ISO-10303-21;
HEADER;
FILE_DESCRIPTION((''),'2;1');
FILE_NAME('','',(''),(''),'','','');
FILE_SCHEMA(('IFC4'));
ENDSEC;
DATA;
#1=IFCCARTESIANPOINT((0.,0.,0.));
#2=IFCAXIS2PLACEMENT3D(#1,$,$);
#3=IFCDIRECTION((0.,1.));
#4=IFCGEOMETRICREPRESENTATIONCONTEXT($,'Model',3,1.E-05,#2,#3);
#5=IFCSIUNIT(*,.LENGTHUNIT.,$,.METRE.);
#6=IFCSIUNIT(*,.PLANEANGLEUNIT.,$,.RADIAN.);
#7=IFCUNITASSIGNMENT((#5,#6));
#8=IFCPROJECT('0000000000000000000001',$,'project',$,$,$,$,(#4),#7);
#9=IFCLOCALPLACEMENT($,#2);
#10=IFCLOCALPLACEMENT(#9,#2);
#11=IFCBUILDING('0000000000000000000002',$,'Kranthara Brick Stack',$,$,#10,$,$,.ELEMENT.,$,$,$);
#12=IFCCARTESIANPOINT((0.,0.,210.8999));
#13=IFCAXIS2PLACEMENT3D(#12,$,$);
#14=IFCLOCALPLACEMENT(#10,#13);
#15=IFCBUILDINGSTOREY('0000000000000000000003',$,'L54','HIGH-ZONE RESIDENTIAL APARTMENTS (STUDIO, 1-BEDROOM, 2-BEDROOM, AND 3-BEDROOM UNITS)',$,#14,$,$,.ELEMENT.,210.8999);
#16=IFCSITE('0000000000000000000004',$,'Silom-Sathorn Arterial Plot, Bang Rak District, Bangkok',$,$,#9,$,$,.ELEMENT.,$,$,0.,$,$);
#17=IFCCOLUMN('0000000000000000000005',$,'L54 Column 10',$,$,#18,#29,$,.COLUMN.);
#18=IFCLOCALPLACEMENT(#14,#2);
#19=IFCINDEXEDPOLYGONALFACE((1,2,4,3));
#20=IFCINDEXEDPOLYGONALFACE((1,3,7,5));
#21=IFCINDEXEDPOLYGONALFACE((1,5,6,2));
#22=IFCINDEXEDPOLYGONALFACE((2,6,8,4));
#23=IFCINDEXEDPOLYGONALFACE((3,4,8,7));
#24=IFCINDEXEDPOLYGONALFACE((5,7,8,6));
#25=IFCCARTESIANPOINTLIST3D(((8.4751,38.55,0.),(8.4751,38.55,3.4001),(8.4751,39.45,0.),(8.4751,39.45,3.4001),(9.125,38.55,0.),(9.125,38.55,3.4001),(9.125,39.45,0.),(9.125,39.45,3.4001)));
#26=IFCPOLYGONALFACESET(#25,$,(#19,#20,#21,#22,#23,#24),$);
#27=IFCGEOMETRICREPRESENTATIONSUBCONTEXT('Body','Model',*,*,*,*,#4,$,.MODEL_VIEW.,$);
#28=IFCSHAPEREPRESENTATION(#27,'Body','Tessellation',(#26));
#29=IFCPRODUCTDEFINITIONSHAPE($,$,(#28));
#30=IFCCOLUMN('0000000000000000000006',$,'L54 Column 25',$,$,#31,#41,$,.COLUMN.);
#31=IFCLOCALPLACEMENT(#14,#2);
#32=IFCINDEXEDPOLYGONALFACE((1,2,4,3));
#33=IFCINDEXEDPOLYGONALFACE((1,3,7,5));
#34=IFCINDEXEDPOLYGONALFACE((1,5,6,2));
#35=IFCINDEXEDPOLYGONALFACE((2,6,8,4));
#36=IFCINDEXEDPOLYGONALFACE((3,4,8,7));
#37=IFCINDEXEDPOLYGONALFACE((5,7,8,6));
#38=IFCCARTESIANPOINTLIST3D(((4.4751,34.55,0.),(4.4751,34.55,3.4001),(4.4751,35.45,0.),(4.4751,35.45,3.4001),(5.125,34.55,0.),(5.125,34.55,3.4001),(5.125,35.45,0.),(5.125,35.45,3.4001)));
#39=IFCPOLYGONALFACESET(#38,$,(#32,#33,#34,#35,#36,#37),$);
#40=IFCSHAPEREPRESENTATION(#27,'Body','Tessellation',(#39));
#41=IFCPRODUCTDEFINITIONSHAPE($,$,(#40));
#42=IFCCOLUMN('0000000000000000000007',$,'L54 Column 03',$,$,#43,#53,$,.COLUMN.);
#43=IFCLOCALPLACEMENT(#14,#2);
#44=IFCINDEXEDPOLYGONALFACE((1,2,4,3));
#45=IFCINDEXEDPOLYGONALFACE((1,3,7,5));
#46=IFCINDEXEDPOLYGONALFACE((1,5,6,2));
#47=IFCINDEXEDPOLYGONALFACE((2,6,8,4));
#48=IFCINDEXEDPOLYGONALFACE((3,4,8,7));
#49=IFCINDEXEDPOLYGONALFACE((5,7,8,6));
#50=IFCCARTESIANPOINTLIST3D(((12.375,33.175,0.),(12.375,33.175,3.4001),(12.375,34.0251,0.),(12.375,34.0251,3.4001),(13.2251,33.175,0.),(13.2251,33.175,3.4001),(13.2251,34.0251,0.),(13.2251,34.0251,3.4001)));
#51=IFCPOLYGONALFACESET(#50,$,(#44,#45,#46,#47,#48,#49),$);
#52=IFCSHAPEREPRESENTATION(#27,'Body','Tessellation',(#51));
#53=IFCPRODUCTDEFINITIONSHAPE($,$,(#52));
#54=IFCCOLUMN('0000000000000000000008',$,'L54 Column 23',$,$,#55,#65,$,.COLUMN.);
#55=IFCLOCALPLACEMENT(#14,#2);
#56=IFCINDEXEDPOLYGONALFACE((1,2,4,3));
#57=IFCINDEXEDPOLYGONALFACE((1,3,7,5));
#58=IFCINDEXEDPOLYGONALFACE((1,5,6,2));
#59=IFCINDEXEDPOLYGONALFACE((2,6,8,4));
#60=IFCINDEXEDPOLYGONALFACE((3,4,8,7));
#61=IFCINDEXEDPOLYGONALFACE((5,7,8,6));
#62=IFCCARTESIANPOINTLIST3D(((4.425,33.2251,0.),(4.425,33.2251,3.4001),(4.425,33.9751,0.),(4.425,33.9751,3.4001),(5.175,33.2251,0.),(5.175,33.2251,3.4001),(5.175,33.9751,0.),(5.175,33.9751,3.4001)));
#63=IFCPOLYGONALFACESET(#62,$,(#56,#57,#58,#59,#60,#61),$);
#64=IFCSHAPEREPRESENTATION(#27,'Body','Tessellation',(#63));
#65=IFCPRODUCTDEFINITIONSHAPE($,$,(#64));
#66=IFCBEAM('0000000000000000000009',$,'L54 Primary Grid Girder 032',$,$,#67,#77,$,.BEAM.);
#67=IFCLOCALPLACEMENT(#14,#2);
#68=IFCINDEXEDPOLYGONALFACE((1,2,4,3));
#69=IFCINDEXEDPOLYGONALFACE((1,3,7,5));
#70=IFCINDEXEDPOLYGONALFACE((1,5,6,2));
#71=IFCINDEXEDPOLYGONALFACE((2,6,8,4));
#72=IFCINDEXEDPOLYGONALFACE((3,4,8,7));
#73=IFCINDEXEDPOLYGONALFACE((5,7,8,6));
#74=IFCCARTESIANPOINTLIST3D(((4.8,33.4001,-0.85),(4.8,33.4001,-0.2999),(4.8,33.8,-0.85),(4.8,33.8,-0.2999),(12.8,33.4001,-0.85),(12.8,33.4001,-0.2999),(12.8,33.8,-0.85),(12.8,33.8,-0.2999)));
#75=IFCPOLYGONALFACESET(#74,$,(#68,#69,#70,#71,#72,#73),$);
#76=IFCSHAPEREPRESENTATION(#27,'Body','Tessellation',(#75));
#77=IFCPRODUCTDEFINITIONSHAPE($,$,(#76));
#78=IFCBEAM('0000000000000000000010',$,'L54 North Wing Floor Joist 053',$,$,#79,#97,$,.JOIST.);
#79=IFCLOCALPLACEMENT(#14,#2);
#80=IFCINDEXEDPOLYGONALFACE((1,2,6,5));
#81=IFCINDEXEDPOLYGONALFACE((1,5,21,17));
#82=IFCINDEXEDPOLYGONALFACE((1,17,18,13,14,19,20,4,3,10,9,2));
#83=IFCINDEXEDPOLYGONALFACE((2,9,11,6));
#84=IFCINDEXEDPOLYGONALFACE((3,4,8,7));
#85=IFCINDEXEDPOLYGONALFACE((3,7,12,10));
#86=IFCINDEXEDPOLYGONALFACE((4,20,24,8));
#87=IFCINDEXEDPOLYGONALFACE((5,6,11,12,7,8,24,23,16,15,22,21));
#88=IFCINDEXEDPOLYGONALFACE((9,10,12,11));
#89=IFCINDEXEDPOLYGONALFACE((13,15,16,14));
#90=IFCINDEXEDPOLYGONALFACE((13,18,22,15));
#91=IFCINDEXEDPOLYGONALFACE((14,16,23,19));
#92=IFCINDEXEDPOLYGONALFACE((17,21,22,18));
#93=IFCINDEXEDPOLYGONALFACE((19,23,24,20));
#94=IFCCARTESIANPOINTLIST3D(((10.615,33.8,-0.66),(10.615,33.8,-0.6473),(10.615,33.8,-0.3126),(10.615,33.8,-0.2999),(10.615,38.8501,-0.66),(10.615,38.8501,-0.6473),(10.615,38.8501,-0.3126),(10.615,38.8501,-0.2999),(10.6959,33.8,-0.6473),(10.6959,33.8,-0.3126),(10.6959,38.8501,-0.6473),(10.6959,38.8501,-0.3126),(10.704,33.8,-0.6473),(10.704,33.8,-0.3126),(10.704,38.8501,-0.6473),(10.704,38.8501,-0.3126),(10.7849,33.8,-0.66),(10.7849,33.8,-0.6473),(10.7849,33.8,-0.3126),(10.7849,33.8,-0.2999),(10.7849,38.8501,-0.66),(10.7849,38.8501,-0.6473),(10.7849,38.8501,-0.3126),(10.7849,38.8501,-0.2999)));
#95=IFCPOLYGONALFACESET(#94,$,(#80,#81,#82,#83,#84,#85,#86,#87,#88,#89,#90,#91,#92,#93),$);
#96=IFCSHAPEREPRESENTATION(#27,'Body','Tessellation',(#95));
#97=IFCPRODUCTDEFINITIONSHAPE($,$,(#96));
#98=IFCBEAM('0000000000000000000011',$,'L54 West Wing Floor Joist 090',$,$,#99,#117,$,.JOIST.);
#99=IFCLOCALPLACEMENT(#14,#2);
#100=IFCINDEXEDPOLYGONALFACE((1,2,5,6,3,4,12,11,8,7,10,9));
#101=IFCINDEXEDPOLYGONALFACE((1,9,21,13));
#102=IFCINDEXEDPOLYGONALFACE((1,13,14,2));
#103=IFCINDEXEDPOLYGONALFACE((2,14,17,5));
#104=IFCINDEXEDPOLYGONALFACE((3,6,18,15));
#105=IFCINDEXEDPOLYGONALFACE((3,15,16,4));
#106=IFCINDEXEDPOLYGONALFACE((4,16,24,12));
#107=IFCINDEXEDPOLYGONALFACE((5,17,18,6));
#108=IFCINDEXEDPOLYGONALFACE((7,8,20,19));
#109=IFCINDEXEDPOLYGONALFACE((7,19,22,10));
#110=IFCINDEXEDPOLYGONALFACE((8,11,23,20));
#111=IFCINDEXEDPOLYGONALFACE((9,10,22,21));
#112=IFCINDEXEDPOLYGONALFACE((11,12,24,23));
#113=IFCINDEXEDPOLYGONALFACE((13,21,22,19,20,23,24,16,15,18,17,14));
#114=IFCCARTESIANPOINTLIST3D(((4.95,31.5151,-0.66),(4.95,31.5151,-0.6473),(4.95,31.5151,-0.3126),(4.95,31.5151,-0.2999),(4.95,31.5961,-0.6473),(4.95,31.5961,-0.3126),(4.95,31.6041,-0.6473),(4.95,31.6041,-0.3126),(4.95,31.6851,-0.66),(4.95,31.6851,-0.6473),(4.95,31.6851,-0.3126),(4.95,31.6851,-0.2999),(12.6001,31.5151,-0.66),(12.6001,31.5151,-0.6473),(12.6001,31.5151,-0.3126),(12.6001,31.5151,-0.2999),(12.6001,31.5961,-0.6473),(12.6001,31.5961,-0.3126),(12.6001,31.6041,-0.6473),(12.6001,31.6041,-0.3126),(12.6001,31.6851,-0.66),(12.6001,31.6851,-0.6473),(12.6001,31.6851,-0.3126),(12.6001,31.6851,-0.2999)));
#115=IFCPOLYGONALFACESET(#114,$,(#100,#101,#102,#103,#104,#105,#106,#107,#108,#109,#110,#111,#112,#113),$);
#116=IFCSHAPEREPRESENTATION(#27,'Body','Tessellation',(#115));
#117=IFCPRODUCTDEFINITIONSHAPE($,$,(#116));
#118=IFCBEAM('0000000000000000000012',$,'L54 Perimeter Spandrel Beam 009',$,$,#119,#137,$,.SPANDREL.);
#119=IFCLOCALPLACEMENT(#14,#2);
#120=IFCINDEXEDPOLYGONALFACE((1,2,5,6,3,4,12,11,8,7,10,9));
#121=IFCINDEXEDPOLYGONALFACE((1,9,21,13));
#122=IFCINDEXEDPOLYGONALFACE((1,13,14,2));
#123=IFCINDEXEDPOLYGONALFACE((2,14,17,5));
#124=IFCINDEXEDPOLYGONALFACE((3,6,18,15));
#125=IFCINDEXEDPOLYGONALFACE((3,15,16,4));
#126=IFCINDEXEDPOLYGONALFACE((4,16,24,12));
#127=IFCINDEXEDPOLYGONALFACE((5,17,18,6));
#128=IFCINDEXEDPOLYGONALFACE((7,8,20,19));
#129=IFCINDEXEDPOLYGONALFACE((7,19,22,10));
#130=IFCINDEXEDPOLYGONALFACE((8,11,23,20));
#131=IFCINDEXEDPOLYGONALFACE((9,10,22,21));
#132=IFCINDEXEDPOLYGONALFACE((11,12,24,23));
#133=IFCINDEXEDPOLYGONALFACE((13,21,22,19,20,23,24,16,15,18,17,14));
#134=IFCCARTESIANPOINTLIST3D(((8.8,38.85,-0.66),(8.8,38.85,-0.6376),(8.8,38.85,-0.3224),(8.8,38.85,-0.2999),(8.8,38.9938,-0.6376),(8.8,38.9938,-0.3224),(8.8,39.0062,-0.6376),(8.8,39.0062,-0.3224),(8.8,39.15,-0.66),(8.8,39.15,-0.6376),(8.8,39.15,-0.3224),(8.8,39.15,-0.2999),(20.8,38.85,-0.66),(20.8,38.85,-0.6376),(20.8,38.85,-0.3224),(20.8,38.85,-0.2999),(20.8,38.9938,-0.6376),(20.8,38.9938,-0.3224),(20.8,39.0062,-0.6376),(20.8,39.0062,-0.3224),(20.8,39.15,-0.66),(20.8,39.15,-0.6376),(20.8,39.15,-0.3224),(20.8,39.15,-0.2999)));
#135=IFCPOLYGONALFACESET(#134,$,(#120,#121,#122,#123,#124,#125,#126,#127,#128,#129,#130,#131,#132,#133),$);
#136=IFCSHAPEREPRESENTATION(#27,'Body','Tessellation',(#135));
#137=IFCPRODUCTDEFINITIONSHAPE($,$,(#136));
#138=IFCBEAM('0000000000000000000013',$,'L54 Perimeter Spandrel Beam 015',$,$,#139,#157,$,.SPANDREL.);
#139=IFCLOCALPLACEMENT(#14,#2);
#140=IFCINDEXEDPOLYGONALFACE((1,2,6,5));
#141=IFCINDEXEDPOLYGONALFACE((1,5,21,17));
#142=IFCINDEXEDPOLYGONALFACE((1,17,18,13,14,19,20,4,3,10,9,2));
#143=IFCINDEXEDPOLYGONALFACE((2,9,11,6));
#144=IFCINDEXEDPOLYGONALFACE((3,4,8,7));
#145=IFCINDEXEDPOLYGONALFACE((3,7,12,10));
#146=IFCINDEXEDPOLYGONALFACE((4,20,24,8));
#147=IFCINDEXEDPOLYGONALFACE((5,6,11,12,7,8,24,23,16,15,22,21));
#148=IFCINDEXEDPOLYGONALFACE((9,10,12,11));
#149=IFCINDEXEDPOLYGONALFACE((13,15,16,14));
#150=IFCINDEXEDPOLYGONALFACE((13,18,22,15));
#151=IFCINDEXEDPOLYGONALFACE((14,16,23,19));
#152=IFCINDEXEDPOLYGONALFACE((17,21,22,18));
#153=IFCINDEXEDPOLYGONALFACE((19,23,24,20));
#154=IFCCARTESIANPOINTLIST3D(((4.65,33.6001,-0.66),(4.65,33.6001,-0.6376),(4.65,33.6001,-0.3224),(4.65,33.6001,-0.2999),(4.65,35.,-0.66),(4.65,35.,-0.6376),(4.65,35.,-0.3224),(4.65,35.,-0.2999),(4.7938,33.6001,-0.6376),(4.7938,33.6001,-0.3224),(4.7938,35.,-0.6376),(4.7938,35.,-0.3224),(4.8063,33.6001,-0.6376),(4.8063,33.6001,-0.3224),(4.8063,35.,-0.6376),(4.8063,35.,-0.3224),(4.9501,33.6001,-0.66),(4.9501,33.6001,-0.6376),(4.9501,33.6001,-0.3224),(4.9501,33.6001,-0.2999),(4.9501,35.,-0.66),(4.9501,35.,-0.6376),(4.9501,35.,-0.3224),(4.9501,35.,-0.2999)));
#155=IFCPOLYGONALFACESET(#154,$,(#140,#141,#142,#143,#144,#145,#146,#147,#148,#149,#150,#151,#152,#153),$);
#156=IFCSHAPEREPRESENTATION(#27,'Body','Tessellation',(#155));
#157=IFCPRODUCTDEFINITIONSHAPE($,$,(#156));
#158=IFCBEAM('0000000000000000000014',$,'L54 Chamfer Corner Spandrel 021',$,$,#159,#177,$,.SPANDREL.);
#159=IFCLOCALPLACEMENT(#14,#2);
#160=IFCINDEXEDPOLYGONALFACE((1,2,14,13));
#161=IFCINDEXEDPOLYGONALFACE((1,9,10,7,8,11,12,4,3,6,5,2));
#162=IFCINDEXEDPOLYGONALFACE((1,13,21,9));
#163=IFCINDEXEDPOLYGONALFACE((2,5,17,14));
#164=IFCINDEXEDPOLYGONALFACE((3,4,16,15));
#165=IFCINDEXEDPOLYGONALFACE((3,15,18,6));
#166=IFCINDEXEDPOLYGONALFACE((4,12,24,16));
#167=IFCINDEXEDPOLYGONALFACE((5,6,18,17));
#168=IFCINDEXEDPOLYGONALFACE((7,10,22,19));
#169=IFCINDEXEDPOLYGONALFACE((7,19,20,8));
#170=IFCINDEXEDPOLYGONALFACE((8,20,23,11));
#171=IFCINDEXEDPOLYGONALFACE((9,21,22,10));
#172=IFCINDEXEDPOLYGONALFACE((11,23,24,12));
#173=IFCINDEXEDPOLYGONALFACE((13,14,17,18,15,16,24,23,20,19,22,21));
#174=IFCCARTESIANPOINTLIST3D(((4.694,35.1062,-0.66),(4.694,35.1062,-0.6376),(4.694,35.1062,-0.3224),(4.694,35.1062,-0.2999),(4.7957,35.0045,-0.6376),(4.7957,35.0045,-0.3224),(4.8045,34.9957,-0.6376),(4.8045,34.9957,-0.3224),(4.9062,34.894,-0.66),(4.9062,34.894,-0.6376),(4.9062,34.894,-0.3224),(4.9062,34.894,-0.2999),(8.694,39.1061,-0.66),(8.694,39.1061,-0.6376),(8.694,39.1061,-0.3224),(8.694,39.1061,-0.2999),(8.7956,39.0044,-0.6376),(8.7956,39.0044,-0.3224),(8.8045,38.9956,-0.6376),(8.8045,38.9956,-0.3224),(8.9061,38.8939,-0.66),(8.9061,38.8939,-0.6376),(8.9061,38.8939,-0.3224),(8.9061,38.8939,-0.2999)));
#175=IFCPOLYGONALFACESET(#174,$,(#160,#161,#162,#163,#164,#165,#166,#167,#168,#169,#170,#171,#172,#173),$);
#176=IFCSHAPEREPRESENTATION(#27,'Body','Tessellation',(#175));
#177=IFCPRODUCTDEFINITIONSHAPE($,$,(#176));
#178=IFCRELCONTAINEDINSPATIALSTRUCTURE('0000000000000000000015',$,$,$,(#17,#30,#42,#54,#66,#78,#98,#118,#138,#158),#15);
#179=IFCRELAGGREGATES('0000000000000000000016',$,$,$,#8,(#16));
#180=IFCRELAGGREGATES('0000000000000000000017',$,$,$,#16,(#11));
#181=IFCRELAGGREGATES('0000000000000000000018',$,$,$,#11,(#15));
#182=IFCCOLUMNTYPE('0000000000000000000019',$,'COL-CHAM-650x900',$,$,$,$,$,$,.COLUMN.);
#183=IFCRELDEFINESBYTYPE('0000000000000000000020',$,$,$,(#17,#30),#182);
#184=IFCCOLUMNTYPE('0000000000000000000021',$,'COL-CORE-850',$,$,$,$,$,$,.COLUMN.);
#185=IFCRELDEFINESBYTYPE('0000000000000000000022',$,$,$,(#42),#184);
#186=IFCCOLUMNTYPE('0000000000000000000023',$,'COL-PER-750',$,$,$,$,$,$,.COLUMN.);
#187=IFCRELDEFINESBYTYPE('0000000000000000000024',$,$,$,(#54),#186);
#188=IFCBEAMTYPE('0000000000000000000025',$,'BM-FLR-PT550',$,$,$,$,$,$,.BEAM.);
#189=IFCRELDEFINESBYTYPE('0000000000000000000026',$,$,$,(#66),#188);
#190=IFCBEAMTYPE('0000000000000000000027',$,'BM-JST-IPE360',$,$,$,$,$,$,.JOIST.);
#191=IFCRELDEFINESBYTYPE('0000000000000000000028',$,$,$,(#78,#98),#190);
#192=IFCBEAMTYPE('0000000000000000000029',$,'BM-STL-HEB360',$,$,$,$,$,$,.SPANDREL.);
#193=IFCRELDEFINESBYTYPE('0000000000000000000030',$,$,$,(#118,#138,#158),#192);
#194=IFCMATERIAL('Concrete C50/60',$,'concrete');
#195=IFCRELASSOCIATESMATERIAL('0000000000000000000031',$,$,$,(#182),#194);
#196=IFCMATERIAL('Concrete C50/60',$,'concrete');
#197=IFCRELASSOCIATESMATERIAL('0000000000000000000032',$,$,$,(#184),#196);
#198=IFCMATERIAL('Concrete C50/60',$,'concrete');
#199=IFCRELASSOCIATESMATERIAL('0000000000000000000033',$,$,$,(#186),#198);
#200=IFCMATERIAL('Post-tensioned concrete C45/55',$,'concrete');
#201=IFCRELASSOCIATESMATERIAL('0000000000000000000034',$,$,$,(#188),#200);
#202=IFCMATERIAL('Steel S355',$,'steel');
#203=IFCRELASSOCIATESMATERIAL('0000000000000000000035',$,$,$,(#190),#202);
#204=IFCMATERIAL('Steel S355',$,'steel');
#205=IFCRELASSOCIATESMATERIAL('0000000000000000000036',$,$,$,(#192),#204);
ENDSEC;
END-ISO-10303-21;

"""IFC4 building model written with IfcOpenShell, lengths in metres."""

from ifc_helpers import new_model, si_unit, direction, frame, origin, origin_2d, place, context, subcontext, project, spatial, rectangle, i_section, extrude, material, material_profile, profile_set, type_object, element, save


model = new_model("IFC4")

# Units and contexts
model_context = context("Model", 3, precision=1e-05, world=origin(), true_north=direction((0.0, 1.0)))
body_context = subcontext(model_context, "Body", "Model", "MODEL_VIEW")
ifc_project = project(units=[si_unit("LENGTHUNIT", "METRE"), si_unit("PLANEANGLEUNIT", "RADIAN")], contexts=[model_context])

# Site, building, storey
site_placement = place(None, origin())
site = spatial("IfcSite", under=ifc_project, at=site_placement, Name="Silom-Sathorn Arterial Plot, Bang Rak District, Bangkok", CompositionType="ELEMENT", RefElevation=0.0)
building_placement = place(site_placement, origin())
building = spatial("IfcBuilding", under=site, at=building_placement, Name="Kranthara Brick Stack", CompositionType="ELEMENT")
storey_placement = place(building_placement, frame((0.0, 0.0, 210.8999)))
storey = spatial("IfcBuildingStorey", under=building, at=storey_placement, Name="L54", Description="HIGH-ZONE RESIDENTIAL APARTMENTS (STUDIO, 1-BEDROOM, 2-BEDROOM, AND 3-BEDROOM UNITS)", CompositionType="ELEMENT", Elevation=210.8999)

# Columns
ifc_material_1 = material(Name="Concrete C50/60", Category="concrete")
ifc_material_profile_1 = material_profile(ifc_material_1, rectangle(XDim=0.6499, YDim=0.8999, at=origin_2d()), Name="RC 650x900")
ifc_profile_set_1 = profile_set([ifc_material_profile_1], Name="Concrete C50/60")
column_type_1 = type_object("IfcColumnType", Name="COL-CHAM-650x900", PredefinedType="COLUMN", material=ifc_profile_set_1)
for number, where, z_axis, x_axis, name in (
    (1, (8.8, 39.0, 0.0), (0.0, 0.0, 1.0), (1.0, 0.0, 0.0), "L54 Column 10"),
    (2, (4.8, 35.0, 0.0), (0.0, 0.0, 1.0), (1.0, 0.0, 0.0), "L54 Column 25"),
):
    element("IfcColumn", number, at=place(storey_placement, frame(where, z_axis=z_axis, x_axis=x_axis)), inside=storey, type_object=column_type_1, Name=name, PredefinedType="COLUMN", context=body_context, shape_type="SweptSolid", body=[
        extrude(rectangle(XDim=0.6499, YDim=0.8999, at=origin_2d()), origin(), (0.0, 0.0, 1.0), 3.4001),
    ])
ifc_material_2 = material(Name="Concrete C50/60", Category="concrete")
ifc_material_profile_2 = material_profile(ifc_material_2, rectangle(XDim=0.8501, YDim=0.8501, at=origin_2d()), Name="RC 850x850")
ifc_profile_set_2 = profile_set([ifc_material_profile_2], Name="Concrete C50/60")
column_type_2 = type_object("IfcColumnType", Name="COL-CORE-850", PredefinedType="COLUMN", material=ifc_profile_set_2)
column_1_placement = place(storey_placement, frame((12.8, 33.6001, 0.0), z_axis=(0.0, 0.0, 1.0), x_axis=(1.0, 0.0, 0.0)))
element("IfcColumn", 3, at=column_1_placement, inside=storey, type_object=column_type_2, Name="L54 Column 03", PredefinedType="COLUMN", context=body_context, shape_type="SweptSolid", body=[
    extrude(rectangle(XDim=0.8501, YDim=0.8501, at=origin_2d()), origin(), (0.0, 0.0, 1.0), 3.4001),
])
ifc_material_3 = material(Name="Concrete C50/60", Category="concrete")
ifc_material_profile_3 = material_profile(ifc_material_3, rectangle(XDim=0.75, YDim=0.75, at=origin_2d()), Name="RC 750x750")
ifc_profile_set_3 = profile_set([ifc_material_profile_3], Name="Concrete C50/60")
column_type_3 = type_object("IfcColumnType", Name="COL-PER-750", PredefinedType="COLUMN", material=ifc_profile_set_3)
column_2_placement = place(storey_placement, frame((4.8, 33.6001, 0.0), z_axis=(0.0, 0.0, 1.0), x_axis=(1.0, 0.0, 0.0)))
element("IfcColumn", 4, at=column_2_placement, inside=storey, type_object=column_type_3, Name="L54 Column 23", PredefinedType="COLUMN", context=body_context, shape_type="SweptSolid", body=[
    extrude(rectangle(XDim=0.75, YDim=0.75, at=origin_2d()), origin(), (0.0, 0.0, 1.0), 3.4001),
])

# Beams
ifc_material_4 = material(Name="Post-tensioned concrete C45/55", Category="concrete")
ifc_material_profile_4 = material_profile(ifc_material_4, rectangle(XDim=0.3999, YDim=0.55, at=origin_2d()), Name="PT 400x550")
ifc_profile_set_4 = profile_set([ifc_material_profile_4], Name="Post-tensioned concrete C45/55")
beam_type_1 = type_object("IfcBeamType", Name="BM-FLR-PT550", PredefinedType="BEAM", material=ifc_profile_set_4)
beam_1_placement = place(storey_placement, frame((4.8, 33.6001, -0.575), z_axis=(1.0, 0.0, 0.0), x_axis=(0.0, 1.0, 0.0)))
element("IfcBeam", 5, at=beam_1_placement, inside=storey, type_object=beam_type_1, Name="L54 Primary Grid Girder 032", PredefinedType="BEAM", context=body_context, shape_type="SweptSolid", body=[
    extrude(rectangle(XDim=0.3999, YDim=0.55, at=origin_2d()), origin(), (0.0, 0.0, 1.0), 8.0),
])
ifc_material_5 = material(Name="Steel S355", Category="steel")
ifc_material_profile_5 = material_profile(ifc_material_5, i_section(OverallWidth=0.1699, OverallDepth=0.3601, WebThickness=0.0081, FlangeThickness=0.0127, at=origin_2d()), Name="IPE 360")
ifc_profile_set_5 = profile_set([ifc_material_profile_5], Name="Steel S355")
beam_type_2 = type_object("IfcBeamType", Name="BM-JST-IPE360", PredefinedType="JOIST", material=ifc_profile_set_5)
beam_2_placement = place(storey_placement, frame((10.7, 33.8, -0.48), z_axis=(0.0, 1.0, 0.0), x_axis=(-1.0, 0.0, 0.0)))
element("IfcBeam", 6, at=beam_2_placement, inside=storey, type_object=beam_type_2, Name="L54 North Wing Floor Joist 053", PredefinedType="JOIST", context=body_context, shape_type="SweptSolid", body=[
    extrude(i_section(OverallWidth=0.1699, OverallDepth=0.3601, WebThickness=0.0081, FlangeThickness=0.0127, at=origin_2d()), origin(), (0.0, 0.0, 1.0), 5.05),
])
beam_3_placement = place(storey_placement, frame((4.95, 31.6001, -0.48), z_axis=(1.0, 0.0, 0.0), x_axis=(0.0, 1.0, 0.0)))
element("IfcBeam", 7, at=beam_3_placement, inside=storey, type_object=beam_type_2, Name="L54 West Wing Floor Joist 090", PredefinedType="JOIST", context=body_context, shape_type="SweptSolid", body=[
    extrude(i_section(OverallWidth=0.1699, OverallDepth=0.3601, WebThickness=0.0081, FlangeThickness=0.0127, at=origin_2d()), origin(), (0.0, 0.0, 1.0), 7.6501),
])
ifc_material_6 = material(Name="Steel S355", Category="steel")
ifc_material_profile_6 = material_profile(ifc_material_6, i_section(OverallWidth=0.3, OverallDepth=0.3601, WebThickness=0.0125, FlangeThickness=0.0225, at=origin_2d()), Name="HEB 360")
ifc_profile_set_6 = profile_set([ifc_material_profile_6], Name="Steel S355")
beam_type_3 = type_object("IfcBeamType", Name="BM-STL-HEB360", PredefinedType="SPANDREL", material=ifc_profile_set_6)
beam_4_placement = place(storey_placement, frame((8.8, 39.0, -0.48), z_axis=(1.0, 0.0, 0.0), x_axis=(0.0, 1.0, 0.0)))
element("IfcBeam", 8, at=beam_4_placement, inside=storey, type_object=beam_type_3, Name="L54 Perimeter Spandrel Beam 009", PredefinedType="SPANDREL", context=body_context, shape_type="SweptSolid", body=[
    extrude(i_section(OverallWidth=0.3, OverallDepth=0.3601, WebThickness=0.0125, FlangeThickness=0.0225, at=origin_2d()), origin(), (0.0, 0.0, 1.0), 12.0),
])
beam_5_placement = place(storey_placement, frame((4.8, 33.6001, -0.48), z_axis=(0.0, 1.0, 0.0), x_axis=(-1.0, 0.0, 0.0)))
element("IfcBeam", 9, at=beam_5_placement, inside=storey, type_object=beam_type_3, Name="L54 Perimeter Spandrel Beam 015", PredefinedType="SPANDREL", context=body_context, shape_type="SweptSolid", body=[
    extrude(i_section(OverallWidth=0.3, OverallDepth=0.3601, WebThickness=0.0125, FlangeThickness=0.0225, at=origin_2d()), origin(), (0.0, 0.0, 1.0), 1.3999),
])
beam_6_placement = place(storey_placement, frame((8.8, 39.0, -0.48), z_axis=(-0.707107, -0.707107, 0.0), x_axis=(0.707107, -0.707107, 0.0)))
element("IfcBeam", 10, at=beam_6_placement, inside=storey, type_object=beam_type_3, Name="L54 Chamfer Corner Spandrel 021", PredefinedType="SPANDREL", context=body_context, shape_type="SweptSolid", body=[
    extrude(i_section(OverallWidth=0.3, OverallDepth=0.3601, WebThickness=0.0125, FlangeThickness=0.0225, at=origin_2d()), origin(), (0.0, 0.0, 1.0), 5.6567),
])

save(model, "model.ifc")
